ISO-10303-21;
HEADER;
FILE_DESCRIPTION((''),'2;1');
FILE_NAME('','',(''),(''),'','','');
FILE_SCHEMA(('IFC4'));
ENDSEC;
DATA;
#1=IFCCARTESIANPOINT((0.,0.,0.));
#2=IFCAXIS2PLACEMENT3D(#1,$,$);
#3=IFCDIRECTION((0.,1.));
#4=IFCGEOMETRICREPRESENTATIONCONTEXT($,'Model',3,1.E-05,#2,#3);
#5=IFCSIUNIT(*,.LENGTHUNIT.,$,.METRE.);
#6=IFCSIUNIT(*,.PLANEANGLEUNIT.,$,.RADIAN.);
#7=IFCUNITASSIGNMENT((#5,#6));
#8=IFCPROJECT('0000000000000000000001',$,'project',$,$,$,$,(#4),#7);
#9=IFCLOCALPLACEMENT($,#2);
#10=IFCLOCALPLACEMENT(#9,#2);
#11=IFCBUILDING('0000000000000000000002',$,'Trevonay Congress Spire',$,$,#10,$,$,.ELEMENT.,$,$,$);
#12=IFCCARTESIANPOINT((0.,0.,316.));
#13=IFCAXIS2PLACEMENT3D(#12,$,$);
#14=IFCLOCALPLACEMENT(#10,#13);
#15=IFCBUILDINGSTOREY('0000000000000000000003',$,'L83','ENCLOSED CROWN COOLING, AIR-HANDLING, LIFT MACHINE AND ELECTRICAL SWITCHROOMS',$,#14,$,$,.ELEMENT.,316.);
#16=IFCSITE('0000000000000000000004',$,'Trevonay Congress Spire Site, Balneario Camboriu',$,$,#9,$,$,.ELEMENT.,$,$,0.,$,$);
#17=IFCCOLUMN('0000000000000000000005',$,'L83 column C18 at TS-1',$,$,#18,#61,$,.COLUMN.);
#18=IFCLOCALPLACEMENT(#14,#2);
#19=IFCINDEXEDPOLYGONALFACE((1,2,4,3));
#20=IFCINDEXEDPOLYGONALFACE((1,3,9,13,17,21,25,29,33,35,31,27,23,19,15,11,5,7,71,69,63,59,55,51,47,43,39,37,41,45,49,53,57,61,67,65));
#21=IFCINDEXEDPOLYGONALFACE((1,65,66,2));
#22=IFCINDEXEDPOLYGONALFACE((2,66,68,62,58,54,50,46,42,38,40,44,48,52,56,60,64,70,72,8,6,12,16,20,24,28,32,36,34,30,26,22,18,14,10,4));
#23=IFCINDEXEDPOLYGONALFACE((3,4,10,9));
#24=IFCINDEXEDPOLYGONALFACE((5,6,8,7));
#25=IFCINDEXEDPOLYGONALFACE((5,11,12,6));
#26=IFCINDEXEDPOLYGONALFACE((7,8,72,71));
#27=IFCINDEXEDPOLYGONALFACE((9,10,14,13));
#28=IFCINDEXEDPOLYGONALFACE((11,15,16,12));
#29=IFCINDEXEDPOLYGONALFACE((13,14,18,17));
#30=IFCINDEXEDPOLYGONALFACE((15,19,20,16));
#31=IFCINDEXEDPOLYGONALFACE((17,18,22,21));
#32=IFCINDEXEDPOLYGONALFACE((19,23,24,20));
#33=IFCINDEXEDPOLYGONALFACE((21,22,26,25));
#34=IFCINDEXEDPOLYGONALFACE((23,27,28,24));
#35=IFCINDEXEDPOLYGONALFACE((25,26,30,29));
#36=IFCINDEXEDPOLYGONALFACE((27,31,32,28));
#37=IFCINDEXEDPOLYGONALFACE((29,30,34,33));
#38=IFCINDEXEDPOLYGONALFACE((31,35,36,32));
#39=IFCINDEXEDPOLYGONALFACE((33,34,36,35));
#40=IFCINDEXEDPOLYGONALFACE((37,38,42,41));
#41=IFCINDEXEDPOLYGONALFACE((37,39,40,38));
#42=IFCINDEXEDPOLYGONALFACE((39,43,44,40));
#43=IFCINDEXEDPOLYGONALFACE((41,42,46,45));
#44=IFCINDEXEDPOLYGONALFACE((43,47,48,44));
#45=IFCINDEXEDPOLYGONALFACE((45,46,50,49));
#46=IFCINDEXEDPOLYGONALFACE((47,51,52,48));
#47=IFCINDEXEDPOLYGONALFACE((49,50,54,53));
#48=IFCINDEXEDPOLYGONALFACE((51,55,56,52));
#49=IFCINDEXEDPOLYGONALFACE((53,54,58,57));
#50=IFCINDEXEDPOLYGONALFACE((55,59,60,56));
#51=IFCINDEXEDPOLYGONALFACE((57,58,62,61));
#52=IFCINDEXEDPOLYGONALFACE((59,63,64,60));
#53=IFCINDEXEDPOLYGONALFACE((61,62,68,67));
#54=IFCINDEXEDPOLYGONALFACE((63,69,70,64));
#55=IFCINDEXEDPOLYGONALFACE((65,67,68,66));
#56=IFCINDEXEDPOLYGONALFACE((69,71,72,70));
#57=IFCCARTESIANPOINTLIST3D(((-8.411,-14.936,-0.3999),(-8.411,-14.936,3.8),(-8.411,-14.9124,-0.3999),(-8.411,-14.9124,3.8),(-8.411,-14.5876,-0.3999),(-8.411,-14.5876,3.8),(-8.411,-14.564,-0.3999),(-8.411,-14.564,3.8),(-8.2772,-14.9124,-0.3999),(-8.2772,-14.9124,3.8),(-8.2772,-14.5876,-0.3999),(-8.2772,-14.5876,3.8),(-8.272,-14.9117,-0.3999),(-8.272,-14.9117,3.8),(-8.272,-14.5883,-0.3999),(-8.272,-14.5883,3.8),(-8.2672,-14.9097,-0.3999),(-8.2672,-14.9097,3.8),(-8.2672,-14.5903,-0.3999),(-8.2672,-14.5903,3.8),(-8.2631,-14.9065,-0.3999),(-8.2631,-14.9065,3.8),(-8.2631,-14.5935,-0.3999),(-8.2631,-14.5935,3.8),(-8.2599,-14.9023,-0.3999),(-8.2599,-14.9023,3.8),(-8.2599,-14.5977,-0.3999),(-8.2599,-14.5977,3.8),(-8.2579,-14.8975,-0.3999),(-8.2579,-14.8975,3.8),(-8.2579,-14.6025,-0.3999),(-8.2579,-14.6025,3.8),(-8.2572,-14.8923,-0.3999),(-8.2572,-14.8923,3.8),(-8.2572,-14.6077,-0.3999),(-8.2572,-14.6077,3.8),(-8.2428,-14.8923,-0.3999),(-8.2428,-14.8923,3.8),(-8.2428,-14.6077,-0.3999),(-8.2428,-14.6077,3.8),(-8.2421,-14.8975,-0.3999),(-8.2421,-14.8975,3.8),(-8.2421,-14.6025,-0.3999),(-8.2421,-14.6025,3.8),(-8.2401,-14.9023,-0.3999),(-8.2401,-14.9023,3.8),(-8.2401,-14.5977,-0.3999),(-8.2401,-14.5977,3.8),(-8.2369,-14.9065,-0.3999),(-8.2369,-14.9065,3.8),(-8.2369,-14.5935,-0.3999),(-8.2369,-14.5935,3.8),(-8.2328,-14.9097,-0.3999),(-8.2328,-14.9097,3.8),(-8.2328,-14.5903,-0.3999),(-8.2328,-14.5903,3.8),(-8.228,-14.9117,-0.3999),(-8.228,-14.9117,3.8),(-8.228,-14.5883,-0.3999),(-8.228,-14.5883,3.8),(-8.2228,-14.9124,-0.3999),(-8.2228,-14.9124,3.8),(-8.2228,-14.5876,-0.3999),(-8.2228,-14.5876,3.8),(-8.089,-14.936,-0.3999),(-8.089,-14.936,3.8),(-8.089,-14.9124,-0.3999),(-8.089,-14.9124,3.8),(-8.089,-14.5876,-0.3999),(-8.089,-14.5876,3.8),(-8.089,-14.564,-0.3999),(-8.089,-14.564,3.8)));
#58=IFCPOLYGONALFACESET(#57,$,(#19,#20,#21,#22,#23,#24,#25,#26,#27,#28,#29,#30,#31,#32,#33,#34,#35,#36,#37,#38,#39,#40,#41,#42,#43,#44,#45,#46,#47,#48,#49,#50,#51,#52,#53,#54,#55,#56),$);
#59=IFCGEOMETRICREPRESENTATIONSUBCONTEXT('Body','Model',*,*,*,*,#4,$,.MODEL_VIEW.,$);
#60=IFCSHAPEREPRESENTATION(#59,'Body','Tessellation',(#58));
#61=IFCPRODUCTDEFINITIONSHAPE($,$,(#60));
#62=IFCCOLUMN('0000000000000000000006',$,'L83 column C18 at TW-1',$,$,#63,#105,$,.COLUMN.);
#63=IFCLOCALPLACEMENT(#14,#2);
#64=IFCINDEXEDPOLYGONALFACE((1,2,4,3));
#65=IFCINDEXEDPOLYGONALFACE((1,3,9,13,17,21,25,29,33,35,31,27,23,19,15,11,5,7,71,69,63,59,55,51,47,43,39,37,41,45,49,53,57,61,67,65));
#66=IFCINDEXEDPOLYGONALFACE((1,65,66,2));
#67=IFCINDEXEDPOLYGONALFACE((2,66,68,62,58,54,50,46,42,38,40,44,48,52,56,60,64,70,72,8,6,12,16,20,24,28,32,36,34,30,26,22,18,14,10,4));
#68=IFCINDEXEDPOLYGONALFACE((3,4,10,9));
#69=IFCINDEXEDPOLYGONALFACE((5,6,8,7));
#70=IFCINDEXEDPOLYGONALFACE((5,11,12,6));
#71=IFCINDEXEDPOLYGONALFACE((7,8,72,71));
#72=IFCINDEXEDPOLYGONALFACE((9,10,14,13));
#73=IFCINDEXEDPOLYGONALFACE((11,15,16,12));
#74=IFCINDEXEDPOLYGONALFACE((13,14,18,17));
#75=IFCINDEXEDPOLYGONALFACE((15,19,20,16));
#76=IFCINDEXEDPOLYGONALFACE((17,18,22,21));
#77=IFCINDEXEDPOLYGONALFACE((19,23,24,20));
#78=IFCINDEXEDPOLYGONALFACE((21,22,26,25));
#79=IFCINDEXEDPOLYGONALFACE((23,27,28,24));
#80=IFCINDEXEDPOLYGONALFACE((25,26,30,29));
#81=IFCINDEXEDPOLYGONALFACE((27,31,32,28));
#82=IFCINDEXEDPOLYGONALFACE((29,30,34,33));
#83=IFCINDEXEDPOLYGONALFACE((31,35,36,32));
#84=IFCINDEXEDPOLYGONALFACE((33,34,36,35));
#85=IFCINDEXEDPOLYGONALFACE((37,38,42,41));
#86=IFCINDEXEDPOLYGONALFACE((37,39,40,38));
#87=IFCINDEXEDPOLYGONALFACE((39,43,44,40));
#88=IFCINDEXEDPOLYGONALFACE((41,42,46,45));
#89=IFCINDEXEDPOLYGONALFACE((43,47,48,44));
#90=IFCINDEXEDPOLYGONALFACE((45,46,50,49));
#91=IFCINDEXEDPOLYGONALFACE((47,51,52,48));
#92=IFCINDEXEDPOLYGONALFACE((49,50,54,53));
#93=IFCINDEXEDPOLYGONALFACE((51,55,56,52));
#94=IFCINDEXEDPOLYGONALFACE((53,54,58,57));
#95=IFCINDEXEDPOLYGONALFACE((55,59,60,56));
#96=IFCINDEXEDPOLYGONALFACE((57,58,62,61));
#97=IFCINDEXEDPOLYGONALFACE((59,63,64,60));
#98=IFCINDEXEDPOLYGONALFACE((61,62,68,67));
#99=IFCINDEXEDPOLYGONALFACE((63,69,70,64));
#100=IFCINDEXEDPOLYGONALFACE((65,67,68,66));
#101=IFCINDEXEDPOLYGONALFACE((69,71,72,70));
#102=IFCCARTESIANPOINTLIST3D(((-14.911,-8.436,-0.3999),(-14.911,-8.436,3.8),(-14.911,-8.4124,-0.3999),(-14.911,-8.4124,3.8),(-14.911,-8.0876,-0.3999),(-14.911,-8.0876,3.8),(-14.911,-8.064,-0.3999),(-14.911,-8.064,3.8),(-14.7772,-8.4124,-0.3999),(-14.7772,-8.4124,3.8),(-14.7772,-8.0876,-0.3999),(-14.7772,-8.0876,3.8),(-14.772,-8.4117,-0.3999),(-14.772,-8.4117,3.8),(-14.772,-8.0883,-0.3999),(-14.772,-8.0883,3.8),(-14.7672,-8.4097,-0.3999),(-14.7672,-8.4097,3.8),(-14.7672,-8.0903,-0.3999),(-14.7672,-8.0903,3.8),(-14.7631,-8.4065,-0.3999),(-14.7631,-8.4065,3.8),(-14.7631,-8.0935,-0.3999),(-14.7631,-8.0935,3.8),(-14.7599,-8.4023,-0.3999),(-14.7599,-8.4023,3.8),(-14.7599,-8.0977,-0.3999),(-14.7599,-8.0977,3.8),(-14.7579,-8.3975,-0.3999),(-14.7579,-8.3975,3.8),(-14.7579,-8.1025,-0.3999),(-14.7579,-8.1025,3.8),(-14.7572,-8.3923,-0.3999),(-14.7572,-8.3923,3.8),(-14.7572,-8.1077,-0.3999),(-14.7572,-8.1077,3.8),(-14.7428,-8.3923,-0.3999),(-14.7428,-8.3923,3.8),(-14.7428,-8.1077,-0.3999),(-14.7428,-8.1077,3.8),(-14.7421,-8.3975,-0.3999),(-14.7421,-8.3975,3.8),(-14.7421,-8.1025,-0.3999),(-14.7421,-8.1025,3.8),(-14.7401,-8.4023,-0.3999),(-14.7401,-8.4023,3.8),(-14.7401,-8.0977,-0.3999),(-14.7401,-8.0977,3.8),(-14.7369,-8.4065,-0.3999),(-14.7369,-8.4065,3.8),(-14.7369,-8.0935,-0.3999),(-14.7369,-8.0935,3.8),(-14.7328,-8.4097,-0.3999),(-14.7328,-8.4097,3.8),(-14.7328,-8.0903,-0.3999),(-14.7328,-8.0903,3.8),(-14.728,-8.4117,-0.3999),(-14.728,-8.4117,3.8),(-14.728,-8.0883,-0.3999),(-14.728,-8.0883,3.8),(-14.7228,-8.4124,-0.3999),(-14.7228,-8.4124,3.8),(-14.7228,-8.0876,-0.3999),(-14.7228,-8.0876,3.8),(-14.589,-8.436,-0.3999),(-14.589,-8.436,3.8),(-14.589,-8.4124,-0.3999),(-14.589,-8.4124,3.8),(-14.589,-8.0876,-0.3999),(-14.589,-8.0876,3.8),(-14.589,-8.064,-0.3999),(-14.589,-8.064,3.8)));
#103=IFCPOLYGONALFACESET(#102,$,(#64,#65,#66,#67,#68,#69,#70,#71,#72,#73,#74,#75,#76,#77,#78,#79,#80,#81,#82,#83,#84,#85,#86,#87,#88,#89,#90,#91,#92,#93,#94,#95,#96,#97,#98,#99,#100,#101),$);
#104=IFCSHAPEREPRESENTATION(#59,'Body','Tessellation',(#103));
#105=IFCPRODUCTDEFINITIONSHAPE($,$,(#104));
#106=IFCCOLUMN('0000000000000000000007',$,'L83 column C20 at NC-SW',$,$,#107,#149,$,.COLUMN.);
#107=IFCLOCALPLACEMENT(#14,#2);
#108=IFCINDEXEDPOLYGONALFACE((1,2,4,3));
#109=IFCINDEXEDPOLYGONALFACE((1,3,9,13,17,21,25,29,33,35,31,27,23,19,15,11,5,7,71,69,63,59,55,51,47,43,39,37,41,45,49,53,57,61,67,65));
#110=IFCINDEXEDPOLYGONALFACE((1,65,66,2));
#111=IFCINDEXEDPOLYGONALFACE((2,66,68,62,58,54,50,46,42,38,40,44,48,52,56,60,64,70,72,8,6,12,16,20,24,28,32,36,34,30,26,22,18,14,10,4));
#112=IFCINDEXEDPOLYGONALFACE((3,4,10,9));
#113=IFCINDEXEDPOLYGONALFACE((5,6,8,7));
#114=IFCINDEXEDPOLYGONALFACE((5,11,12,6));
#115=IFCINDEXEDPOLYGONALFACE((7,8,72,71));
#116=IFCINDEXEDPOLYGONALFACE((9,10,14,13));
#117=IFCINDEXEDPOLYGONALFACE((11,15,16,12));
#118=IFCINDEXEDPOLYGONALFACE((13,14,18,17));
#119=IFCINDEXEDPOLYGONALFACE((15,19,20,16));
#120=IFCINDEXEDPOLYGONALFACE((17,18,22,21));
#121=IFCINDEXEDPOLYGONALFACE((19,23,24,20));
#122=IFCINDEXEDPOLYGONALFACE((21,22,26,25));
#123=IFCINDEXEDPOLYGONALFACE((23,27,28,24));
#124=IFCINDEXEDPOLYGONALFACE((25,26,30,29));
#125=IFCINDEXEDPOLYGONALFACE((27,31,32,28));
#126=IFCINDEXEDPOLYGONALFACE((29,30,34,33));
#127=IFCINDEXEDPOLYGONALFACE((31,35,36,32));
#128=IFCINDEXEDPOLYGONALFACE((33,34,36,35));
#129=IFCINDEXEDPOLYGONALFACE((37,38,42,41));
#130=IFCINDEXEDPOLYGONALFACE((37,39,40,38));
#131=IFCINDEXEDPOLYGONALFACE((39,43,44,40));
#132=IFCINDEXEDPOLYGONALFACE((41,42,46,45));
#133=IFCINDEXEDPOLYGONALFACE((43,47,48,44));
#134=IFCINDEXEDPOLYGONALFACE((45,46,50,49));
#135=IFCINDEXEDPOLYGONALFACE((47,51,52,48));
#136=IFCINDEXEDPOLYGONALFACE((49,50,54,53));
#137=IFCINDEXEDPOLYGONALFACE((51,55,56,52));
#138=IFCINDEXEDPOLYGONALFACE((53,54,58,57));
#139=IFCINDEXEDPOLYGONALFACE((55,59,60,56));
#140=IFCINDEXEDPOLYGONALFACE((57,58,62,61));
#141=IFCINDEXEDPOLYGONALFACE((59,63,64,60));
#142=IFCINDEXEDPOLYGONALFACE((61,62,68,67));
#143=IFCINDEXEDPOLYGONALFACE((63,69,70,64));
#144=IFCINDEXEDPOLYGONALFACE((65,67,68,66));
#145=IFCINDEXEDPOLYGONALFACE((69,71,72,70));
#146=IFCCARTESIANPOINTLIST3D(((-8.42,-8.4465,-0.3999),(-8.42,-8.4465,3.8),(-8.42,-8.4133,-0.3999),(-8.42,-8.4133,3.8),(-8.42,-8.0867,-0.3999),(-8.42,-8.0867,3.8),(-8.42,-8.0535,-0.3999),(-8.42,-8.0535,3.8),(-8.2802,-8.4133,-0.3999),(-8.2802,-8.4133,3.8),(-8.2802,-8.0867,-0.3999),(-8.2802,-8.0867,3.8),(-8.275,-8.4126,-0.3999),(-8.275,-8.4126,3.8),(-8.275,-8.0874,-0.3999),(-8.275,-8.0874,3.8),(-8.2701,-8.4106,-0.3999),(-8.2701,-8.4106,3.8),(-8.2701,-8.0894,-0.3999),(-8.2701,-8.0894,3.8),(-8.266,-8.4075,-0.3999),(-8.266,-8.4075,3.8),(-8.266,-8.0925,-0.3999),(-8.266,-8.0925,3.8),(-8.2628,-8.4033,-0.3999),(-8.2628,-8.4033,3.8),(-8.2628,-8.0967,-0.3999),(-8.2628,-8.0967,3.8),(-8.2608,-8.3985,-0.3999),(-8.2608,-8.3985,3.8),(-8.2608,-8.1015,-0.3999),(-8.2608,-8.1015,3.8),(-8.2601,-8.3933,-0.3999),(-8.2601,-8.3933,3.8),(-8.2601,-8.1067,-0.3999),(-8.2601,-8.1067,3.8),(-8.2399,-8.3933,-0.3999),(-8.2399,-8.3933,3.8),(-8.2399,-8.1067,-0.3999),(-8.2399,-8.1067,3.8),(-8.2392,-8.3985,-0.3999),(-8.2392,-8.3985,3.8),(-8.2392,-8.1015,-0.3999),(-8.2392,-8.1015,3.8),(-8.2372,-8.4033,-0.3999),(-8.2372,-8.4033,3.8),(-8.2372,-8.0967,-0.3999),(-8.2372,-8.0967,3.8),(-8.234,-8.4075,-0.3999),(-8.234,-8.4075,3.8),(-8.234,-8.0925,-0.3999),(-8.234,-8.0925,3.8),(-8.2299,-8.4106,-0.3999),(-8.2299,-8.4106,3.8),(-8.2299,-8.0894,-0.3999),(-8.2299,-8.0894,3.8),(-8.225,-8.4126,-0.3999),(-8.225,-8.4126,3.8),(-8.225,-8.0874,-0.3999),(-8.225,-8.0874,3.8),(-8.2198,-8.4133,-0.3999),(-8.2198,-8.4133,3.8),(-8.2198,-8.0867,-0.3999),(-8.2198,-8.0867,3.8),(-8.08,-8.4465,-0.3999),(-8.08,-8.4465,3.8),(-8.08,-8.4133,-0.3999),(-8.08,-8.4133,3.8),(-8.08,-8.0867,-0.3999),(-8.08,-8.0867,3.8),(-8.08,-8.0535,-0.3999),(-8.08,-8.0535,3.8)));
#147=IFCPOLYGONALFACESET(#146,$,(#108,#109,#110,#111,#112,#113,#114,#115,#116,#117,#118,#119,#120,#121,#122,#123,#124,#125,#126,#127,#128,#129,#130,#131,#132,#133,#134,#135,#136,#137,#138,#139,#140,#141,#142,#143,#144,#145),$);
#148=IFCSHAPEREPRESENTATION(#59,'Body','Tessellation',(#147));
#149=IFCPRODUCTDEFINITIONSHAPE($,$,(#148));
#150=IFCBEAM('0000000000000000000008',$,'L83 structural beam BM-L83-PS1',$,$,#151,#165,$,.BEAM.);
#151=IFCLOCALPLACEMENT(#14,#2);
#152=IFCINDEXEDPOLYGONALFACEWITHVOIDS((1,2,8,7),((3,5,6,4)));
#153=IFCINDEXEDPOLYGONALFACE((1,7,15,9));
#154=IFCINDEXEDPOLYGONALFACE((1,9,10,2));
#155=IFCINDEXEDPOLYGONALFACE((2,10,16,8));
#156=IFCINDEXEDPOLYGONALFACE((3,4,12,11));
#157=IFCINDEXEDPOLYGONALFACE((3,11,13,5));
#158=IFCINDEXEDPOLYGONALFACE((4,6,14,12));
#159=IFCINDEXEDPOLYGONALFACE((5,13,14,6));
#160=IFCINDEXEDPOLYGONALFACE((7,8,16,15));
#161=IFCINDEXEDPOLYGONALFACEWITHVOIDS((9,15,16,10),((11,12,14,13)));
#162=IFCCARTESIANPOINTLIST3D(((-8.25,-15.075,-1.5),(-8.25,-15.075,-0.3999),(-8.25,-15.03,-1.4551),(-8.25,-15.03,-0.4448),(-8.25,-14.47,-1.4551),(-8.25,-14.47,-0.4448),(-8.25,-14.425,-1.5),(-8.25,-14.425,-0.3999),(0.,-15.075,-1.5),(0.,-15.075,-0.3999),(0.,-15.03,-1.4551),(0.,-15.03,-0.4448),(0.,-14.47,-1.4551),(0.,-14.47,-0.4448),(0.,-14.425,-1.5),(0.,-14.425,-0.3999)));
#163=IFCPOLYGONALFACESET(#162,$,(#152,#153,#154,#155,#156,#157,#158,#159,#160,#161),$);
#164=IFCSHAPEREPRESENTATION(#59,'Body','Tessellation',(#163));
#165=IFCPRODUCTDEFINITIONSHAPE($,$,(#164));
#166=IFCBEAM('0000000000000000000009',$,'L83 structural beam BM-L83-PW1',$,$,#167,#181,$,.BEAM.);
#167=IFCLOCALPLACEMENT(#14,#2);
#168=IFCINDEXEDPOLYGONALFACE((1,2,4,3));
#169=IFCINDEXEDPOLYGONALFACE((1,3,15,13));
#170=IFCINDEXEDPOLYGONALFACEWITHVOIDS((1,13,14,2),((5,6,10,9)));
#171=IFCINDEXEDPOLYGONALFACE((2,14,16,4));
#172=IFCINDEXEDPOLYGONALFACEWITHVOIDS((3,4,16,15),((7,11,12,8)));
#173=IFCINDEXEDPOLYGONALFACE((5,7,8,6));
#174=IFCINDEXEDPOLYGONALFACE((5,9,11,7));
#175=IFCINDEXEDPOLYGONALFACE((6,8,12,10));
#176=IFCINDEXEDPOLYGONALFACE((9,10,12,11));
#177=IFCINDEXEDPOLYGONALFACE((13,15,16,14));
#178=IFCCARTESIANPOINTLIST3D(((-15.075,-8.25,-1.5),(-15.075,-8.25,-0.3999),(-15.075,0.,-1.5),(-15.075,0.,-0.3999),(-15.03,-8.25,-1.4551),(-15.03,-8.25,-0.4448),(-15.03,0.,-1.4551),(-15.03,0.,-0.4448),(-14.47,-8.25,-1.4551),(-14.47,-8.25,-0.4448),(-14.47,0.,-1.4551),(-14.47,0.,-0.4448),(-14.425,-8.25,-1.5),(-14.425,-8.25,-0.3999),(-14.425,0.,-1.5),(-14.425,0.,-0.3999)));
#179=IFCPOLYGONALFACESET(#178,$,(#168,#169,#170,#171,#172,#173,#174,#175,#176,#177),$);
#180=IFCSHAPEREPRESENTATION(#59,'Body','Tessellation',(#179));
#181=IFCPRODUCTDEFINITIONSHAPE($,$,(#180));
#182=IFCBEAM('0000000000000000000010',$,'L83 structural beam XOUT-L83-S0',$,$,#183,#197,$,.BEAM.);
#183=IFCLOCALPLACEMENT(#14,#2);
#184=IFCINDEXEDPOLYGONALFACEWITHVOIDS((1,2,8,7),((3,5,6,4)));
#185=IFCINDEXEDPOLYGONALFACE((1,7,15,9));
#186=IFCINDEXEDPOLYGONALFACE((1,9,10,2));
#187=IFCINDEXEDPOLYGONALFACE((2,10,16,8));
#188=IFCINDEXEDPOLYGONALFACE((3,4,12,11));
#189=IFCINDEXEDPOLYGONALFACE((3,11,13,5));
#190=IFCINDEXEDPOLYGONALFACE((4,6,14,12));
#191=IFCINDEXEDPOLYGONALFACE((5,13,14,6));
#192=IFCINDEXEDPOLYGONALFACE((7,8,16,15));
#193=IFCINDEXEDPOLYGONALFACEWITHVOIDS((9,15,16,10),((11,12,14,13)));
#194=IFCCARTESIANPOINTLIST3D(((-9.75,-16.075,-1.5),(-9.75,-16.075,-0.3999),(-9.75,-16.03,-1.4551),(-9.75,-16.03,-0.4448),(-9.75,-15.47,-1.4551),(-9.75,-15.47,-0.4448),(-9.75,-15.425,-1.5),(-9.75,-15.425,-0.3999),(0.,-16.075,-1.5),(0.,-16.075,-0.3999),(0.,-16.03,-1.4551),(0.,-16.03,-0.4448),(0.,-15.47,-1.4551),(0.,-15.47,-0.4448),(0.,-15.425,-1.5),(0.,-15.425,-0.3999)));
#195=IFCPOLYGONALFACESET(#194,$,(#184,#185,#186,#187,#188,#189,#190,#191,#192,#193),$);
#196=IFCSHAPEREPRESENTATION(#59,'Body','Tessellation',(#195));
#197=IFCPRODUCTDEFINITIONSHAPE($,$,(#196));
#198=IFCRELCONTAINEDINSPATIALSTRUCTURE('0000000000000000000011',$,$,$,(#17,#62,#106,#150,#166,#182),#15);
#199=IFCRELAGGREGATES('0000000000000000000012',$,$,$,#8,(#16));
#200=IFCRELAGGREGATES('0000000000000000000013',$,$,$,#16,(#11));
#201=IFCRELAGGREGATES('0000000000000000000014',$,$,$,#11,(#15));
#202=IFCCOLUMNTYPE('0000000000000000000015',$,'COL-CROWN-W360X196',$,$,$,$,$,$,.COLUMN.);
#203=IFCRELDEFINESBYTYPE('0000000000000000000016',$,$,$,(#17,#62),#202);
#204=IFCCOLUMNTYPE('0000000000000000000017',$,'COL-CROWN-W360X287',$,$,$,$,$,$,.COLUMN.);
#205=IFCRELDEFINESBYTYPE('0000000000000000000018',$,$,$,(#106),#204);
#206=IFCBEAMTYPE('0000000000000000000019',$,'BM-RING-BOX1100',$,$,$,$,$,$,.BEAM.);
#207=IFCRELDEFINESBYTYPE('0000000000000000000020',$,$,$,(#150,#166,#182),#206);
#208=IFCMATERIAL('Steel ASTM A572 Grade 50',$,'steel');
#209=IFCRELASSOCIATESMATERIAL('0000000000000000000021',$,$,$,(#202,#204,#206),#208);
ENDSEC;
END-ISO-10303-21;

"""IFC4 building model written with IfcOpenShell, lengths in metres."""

from ifc_helpers import new_model, si_unit, direction, frame, origin, origin_2d, place, context, subcontext, project, spatial, hollow_rectangle, i_section, extrude, material, material_profile, profile_set, type_object, element, save


model = new_model("IFC4")

# Units and contexts
model_context = context("Model", 3, precision=1e-05, world=origin(), true_north=direction((0.0, 1.0)))
body_context = subcontext(model_context, "Body", "Model", "MODEL_VIEW")
ifc_project = project(units=[si_unit("LENGTHUNIT", "METRE"), si_unit("PLANEANGLEUNIT", "RADIAN")], contexts=[model_context])

# Site, building, storey
site_placement = place(None, origin())
site = spatial("IfcSite", under=ifc_project, at=site_placement, Name="Trevonay Congress Spire Site, Balneario Camboriu", CompositionType="ELEMENT", RefElevation=0.0)
building_placement = place(site_placement, origin())
building = spatial("IfcBuilding", under=site, at=building_placement, Name="Trevonay Congress Spire", CompositionType="ELEMENT")
storey_placement = place(building_placement, frame((0.0, 0.0, 316.0)))
storey = spatial("IfcBuildingStorey", under=building, at=storey_placement, Name="L83", Description="ENCLOSED CROWN COOLING, AIR-HANDLING, LIFT MACHINE AND ELECTRICAL SWITCHROOMS", CompositionType="ELEMENT", Elevation=316.0)

# Columns
ifc_material_1 = material(Name="Steel ASTM A572 Grade 50", Category="steel")
ifc_material_profile_1 = material_profile(ifc_material_1, i_section(OverallWidth=0.322, OverallDepth=0.3721, WebThickness=0.0144, FlangeThickness=0.0237, FilletRadius=0.02, at=origin_2d()), Name="W360x196")
ifc_profile_set_1 = profile_set([ifc_material_profile_1], Name="Steel ASTM A572 Grade 50")
column_type_1 = type_object("IfcColumnType", Name="COL-CROWN-W360X196", PredefinedType="COLUMN", material=ifc_profile_set_1)
for number, where, z_axis, x_axis, name in (
    (1, (-8.25, -14.75, -0.3999), (0.0, 0.0, 1.0), (1.0, 0.0, 0.0), "L83 column C18 at TS-1"),
    (2, (-14.75, -8.25, -0.3999), (0.0, 0.0, 1.0), (1.0, 0.0, 0.0), "L83 column C18 at TW-1"),
):
    element("IfcColumn", number, at=place(storey_placement, frame(where, z_axis=z_axis, x_axis=x_axis)), inside=storey, type_object=column_type_1, Name=name, PredefinedType="COLUMN", context=body_context, shape_type="SweptSolid", body=[
        extrude(i_section(OverallWidth=0.322, OverallDepth=0.3721, WebThickness=0.0144, FlangeThickness=0.0237, FilletRadius=0.02, at=origin_2d()), origin(), (0.0, 0.0, 1.0), 4.2),
    ])
ifc_material_profile_2 = material_profile(ifc_material_1, i_section(OverallWidth=0.3401, OverallDepth=0.3931, WebThickness=0.0203, FlangeThickness=0.0332, FilletRadius=0.02, at=origin_2d()), Name="W360x287")
ifc_profile_set_2 = profile_set([ifc_material_profile_2], Name="Steel ASTM A572 Grade 50")
column_type_2 = type_object("IfcColumnType", Name="COL-CROWN-W360X287", PredefinedType="COLUMN", material=ifc_profile_set_2)
column_placement = place(storey_placement, frame((-8.25, -8.25, -0.3999), z_axis=(0.0, 0.0, 1.0), x_axis=(1.0, 0.0, 0.0)))
element("IfcColumn", 3, at=column_placement, inside=storey, type_object=column_type_2, Name="L83 column C20 at NC-SW", PredefinedType="COLUMN", context=body_context, shape_type="SweptSolid", body=[
    extrude(i_section(OverallWidth=0.3401, OverallDepth=0.3931, WebThickness=0.0203, FlangeThickness=0.0332, FilletRadius=0.02, at=origin_2d()), origin(), (0.0, 0.0, 1.0), 4.2),
])

# Beams
ifc_material_profile_3 = material_profile(ifc_material_1, hollow_rectangle(XDim=0.6499, YDim=1.1001, WallThickness=0.0449, at=origin_2d()), Name="BOX 1100x650x45")
ifc_profile_set_3 = profile_set([ifc_material_profile_3], Name="Steel ASTM A572 Grade 50")
beam_type_1 = type_object("IfcBeamType", Name="BM-RING-BOX1100", PredefinedType="BEAM", material=ifc_profile_set_3)
for number, where, z_axis, x_axis, name in (
    (4, (-8.25, -14.75, -0.95), (1.0, 0.0, 0.0), (0.0, 1.0, 0.0), "L83 structural beam BM-L83-PS1"),
    (5, (-14.75, -8.25, -0.95), (0.0, 1.0, 0.0), (-1.0, 0.0, 0.0), "L83 structural beam BM-L83-PW1"),
):
    element("IfcBeam", number, at=place(storey_placement, frame(where, z_axis=z_axis, x_axis=x_axis)), inside=storey, type_object=beam_type_1, Name=name, PredefinedType="BEAM", context=body_context, shape_type="SweptSolid", body=[
        extrude(hollow_rectangle(XDim=0.6499, YDim=1.1001, WallThickness=0.0449, at=origin_2d()), origin(), (0.0, 0.0, 1.0), 8.25),
    ])
for number, where, z_axis, x_axis, name in (
    (6, (-9.75, -15.75, -0.95), (1.0, 0.0, 0.0), (0.0, 1.0, 0.0), "L83 structural beam XOUT-L83-S0"),
):
    element("IfcBeam", number, at=place(storey_placement, frame(where, z_axis=z_axis, x_axis=x_axis)), inside=storey, type_object=beam_type_1, Name=name, PredefinedType="BEAM", context=body_context, shape_type="SweptSolid", body=[
        extrude(hollow_rectangle(XDim=0.6499, YDim=1.1001, WallThickness=0.0449, at=origin_2d()), origin(), (0.0, 0.0, 1.0), 9.75),
    ])

save(model, "model.ifc")
